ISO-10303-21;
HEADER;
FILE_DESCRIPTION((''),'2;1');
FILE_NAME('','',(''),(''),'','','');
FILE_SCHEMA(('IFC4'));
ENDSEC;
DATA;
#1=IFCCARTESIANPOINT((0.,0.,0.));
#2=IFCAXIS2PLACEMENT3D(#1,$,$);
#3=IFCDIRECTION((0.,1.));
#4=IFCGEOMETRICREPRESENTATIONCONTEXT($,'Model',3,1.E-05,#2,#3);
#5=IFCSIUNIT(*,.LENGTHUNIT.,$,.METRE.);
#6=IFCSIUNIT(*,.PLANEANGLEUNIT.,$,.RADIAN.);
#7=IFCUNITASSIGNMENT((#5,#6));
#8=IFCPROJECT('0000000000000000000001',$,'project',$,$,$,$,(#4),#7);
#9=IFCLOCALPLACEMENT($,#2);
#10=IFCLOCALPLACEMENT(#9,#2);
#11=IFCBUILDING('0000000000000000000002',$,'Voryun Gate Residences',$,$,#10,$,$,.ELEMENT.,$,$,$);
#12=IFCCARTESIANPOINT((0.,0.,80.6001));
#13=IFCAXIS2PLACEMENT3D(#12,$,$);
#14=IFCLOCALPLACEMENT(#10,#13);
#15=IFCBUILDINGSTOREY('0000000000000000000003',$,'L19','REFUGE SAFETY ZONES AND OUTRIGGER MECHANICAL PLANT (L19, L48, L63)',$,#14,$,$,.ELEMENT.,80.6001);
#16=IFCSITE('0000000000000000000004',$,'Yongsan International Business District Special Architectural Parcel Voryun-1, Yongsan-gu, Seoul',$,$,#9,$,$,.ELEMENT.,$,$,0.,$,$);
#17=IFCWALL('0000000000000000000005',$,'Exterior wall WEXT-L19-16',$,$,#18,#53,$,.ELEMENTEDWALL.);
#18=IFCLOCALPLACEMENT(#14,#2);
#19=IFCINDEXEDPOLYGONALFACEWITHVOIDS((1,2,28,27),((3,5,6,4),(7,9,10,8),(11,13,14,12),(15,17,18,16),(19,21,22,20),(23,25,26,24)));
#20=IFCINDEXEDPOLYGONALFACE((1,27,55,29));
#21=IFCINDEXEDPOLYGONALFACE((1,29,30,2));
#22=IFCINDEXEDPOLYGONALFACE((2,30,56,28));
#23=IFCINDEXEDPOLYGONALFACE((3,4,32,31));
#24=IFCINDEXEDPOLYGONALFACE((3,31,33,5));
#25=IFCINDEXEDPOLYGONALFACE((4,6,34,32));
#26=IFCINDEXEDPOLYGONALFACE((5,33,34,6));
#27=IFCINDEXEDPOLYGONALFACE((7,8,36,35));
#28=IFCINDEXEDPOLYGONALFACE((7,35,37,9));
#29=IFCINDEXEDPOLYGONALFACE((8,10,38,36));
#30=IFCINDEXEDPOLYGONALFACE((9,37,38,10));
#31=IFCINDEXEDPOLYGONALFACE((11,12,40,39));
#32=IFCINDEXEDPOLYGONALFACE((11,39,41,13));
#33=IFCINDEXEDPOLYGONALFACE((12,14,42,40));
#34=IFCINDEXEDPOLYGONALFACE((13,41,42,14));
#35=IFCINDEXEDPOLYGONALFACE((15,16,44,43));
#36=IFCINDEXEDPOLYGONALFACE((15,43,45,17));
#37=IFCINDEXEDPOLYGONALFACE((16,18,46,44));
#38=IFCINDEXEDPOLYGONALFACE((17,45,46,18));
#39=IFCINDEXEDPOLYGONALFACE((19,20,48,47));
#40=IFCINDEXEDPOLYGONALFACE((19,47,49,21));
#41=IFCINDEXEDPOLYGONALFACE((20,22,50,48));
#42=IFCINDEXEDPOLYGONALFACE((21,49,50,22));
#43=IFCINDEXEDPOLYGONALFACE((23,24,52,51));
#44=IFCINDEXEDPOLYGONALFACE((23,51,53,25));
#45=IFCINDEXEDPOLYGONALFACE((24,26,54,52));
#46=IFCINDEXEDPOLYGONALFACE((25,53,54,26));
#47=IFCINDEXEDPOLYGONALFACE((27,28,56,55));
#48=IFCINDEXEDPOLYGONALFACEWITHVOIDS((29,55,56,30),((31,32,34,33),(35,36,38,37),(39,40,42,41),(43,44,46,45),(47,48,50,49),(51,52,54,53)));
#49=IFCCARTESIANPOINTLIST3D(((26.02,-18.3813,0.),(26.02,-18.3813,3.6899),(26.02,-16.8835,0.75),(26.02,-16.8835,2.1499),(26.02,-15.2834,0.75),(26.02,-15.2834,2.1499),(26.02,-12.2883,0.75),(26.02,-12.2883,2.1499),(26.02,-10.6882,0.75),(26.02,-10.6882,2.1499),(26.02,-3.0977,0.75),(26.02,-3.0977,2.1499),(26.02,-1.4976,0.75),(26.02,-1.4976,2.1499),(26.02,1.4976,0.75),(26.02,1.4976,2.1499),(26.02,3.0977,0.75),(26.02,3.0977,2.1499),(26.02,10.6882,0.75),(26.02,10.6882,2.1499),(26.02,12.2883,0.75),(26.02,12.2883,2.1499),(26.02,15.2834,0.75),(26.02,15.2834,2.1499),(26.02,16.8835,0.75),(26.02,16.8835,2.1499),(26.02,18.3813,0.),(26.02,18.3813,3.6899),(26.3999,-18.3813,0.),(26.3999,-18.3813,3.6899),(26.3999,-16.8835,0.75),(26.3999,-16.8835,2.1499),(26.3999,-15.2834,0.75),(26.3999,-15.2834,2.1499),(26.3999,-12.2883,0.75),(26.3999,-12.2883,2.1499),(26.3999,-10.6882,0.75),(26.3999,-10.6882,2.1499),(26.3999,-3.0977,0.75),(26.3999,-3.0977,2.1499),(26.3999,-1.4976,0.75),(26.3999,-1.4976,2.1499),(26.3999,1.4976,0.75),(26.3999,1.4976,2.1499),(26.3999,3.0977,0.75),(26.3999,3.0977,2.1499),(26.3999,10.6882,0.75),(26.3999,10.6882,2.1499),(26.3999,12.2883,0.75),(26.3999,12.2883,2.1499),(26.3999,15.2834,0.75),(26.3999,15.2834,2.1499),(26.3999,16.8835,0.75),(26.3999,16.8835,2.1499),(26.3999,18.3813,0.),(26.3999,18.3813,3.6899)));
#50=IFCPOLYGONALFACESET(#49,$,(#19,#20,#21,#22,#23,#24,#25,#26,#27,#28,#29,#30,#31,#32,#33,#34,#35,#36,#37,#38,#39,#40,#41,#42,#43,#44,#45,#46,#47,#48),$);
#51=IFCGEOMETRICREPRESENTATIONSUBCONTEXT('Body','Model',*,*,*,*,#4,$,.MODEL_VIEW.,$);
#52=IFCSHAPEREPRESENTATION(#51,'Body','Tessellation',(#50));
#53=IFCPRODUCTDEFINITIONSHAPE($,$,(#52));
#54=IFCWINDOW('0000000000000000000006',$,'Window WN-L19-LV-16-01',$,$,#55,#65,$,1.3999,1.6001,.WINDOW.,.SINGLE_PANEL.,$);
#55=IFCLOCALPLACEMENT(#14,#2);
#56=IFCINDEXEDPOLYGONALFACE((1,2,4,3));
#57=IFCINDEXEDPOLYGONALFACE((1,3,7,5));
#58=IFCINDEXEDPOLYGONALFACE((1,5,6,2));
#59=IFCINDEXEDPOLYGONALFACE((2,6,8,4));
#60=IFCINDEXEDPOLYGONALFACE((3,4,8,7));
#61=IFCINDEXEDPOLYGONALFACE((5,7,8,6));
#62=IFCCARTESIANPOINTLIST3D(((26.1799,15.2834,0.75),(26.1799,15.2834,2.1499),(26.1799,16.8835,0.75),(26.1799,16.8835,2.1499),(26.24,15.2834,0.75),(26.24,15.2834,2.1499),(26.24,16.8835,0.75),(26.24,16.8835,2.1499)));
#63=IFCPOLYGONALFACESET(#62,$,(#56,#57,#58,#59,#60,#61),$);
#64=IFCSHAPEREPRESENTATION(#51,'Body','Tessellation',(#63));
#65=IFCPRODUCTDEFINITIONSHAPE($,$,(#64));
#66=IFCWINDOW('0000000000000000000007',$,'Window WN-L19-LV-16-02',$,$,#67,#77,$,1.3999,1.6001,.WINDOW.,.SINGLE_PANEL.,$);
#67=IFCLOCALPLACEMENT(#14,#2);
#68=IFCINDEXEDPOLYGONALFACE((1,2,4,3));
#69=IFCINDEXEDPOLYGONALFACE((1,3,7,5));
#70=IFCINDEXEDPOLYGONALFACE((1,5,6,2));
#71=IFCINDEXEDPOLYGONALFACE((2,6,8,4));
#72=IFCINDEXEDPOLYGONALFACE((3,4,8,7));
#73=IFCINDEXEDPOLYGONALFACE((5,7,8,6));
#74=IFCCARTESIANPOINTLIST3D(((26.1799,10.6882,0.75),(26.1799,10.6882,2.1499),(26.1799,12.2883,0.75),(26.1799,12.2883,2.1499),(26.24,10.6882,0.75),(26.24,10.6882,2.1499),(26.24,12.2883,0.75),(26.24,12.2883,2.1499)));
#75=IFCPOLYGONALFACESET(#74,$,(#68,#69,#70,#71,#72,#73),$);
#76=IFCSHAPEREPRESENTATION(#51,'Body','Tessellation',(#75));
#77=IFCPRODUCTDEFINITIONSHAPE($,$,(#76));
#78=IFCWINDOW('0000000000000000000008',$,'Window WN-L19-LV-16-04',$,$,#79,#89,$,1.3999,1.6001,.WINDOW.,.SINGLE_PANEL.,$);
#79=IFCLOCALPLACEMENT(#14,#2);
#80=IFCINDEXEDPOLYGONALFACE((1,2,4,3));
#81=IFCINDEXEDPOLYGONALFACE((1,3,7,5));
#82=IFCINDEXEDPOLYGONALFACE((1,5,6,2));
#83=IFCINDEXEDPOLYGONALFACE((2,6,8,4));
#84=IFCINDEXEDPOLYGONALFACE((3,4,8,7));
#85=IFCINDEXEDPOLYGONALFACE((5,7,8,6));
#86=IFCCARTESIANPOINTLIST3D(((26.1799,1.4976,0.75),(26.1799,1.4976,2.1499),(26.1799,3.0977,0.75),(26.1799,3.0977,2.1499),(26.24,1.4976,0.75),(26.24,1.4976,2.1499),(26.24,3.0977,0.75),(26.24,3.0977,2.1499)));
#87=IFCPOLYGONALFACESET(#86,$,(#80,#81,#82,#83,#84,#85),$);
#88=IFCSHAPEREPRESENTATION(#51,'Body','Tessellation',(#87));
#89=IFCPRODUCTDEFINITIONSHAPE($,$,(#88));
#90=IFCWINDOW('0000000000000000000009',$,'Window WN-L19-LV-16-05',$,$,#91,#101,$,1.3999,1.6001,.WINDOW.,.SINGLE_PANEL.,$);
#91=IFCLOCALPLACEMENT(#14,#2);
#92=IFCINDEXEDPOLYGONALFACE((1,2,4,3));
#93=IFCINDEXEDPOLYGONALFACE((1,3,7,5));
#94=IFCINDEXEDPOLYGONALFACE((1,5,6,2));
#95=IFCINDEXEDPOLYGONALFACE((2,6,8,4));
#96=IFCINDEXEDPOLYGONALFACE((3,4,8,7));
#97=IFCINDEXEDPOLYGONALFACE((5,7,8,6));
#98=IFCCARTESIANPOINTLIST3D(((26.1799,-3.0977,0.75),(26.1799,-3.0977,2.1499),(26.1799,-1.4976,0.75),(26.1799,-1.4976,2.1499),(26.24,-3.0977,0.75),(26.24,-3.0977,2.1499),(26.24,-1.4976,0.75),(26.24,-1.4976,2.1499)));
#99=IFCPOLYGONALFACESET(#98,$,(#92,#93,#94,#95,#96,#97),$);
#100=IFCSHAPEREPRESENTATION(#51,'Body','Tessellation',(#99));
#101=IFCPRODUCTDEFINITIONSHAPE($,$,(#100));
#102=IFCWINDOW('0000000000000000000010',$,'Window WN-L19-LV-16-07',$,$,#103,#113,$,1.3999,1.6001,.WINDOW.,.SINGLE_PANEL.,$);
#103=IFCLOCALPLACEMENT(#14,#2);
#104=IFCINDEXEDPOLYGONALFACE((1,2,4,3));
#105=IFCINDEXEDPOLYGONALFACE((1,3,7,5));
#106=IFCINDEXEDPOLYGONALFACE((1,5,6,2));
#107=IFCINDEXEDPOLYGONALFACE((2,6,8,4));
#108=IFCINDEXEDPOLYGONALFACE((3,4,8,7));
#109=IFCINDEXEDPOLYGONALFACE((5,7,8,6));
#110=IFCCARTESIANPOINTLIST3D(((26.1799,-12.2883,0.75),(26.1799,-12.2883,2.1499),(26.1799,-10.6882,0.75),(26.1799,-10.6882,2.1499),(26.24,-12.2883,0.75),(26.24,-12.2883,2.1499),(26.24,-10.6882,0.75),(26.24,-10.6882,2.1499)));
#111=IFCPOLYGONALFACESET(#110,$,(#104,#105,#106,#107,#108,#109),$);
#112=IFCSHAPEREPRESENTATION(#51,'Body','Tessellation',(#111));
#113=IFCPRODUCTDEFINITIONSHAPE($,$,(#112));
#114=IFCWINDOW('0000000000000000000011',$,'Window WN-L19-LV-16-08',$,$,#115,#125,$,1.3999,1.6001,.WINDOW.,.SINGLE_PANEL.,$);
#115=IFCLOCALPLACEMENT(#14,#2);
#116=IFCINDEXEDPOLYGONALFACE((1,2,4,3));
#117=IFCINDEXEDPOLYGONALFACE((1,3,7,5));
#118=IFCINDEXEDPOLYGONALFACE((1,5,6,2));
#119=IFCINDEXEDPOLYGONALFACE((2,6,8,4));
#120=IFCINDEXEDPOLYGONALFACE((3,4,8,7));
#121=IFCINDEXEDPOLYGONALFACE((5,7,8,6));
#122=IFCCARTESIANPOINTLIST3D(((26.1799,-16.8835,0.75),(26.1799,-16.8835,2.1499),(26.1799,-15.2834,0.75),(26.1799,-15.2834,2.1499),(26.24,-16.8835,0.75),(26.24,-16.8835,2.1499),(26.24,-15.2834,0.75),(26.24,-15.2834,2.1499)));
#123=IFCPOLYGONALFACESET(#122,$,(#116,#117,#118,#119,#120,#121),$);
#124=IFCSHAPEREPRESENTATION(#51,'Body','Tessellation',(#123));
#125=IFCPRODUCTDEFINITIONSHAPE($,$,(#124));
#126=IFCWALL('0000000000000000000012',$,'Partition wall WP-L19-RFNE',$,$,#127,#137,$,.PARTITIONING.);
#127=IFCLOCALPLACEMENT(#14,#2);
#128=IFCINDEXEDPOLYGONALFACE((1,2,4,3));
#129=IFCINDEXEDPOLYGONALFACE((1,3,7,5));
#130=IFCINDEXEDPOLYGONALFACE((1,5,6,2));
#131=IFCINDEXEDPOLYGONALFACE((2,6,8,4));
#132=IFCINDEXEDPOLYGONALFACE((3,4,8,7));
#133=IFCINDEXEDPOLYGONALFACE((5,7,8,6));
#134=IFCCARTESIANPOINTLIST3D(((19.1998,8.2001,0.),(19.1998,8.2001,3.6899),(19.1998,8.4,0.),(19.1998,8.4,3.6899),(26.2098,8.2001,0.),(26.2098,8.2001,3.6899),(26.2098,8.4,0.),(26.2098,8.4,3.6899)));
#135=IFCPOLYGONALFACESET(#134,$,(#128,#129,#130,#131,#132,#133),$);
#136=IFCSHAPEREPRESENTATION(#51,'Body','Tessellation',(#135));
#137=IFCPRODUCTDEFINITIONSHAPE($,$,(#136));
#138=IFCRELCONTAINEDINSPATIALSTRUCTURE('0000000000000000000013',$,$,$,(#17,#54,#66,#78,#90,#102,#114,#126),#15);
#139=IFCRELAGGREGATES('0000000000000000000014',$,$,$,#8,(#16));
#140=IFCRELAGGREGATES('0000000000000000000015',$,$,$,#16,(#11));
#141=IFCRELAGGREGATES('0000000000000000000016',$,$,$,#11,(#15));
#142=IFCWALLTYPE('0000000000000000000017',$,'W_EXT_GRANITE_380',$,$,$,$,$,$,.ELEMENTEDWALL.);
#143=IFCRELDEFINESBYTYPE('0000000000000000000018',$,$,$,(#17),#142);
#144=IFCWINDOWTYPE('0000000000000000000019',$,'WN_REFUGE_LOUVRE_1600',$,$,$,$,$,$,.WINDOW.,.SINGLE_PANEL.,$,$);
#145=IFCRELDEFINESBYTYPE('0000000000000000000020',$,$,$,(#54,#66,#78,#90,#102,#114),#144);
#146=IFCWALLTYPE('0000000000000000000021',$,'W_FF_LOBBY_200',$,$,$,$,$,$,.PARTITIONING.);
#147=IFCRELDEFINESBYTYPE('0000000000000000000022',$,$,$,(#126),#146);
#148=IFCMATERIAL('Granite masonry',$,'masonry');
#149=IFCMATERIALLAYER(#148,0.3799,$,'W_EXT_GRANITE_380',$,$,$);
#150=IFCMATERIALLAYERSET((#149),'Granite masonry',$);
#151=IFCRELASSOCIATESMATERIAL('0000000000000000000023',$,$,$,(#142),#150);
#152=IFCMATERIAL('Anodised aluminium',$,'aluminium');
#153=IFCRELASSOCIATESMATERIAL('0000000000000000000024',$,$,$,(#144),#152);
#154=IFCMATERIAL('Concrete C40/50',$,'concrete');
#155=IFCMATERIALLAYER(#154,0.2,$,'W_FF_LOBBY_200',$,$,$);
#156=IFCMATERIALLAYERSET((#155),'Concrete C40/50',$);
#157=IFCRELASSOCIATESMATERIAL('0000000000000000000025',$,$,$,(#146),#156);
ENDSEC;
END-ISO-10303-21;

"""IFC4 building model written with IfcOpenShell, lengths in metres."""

from ifc_helpers import new_model, si_unit, direction, frame, frame_2d, origin, place, context, subcontext, project, spatial, rectangle, extrude, material, layer, layer_set, type_object, element, fill, save


model = new_model("IFC4")

# Units and contexts
model_context = context("Model", 3, precision=1e-05, world=origin(), true_north=direction((0.0, 1.0)))
body_context = subcontext(model_context, "Body", "Model", "MODEL_VIEW")
ifc_project = project(units=[si_unit("LENGTHUNIT", "METRE"), si_unit("PLANEANGLEUNIT", "RADIAN")], contexts=[model_context])

# Site, building, storey
site_placement = place(None, origin())
site = spatial("IfcSite", under=ifc_project, at=site_placement, Name="Yongsan International Business District Special Architectural Parcel Voryun-1, Yongsan-gu, Seoul", CompositionType="ELEMENT", RefElevation=0.0)
building_placement = place(site_placement, origin())
building = spatial("IfcBuilding", under=site, at=building_placement, Name="Voryun Gate Residences", CompositionType="ELEMENT")
storey_placement = place(building_placement, frame((0.0, 0.0, 80.6001)))
storey = spatial("IfcBuildingStorey", under=building, at=storey_placement, Name="L19", Description="REFUGE SAFETY ZONES AND OUTRIGGER MECHANICAL PLANT (L19, L48, L63)", CompositionType="ELEMENT", Elevation=80.6001)

# Shared definitions
ifc_material_1 = material(Name="Granite masonry", Category="masonry")
ifc_layer_1 = layer(ifc_material_1, 0.3799, Name="W_EXT_GRANITE_380")
ifc_layer_set_1 = layer_set([ifc_layer_1], Name="Granite masonry")
wall_type_1 = type_object("IfcWallType", Name="W_EXT_GRANITE_380", PredefinedType="ELEMENTEDWALL", material=ifc_layer_set_1)

# Wall, openings, windows
wall_1_placement = place(storey_placement, frame((26.21, 18.3813, 0.0), z_axis=(0.0, 0.0, 1.0), x_axis=(0.0, -1.0, 0.0)))
wall_1 = element("IfcWall", 1, at=wall_1_placement, inside=storey, type_object=wall_type_1, Name="Exterior wall WEXT-L19-16", PredefinedType="ELEMENTEDWALL", context=body_context, shape_type="SweptSolid", body=[
    extrude(rectangle(XDim=36.7627, YDim=0.3799, at=frame_2d((18.3813, 0.0))), origin(), (0.0, 0.0, 1.0), 3.6899),
])
opening_1_placement = place(wall_1_placement, frame((1.4978, 0.0, 0.75)))
opening_1 = element("IfcOpeningElement", 2, at=opening_1_placement, cuts=wall_1, PredefinedType="OPENING", context=body_context, shape_type="SweptSolid", body=[
    extrude(rectangle(XDim=1.6001, YDim=1.3999, at=frame_2d((0.8, 0.7))), frame((0.0, 0.2, 0.0), z_axis=(0.0, -1.0, 0.0), x_axis=(1.0, 0.0, 0.0)), (0.0, 0.0, 1.0), 0.3999),
])
opening_2_placement = place(wall_1_placement, frame((6.093, 0.0, 0.75)))
opening_2 = element("IfcOpeningElement", 3, at=opening_2_placement, cuts=wall_1, PredefinedType="OPENING", context=body_context, shape_type="SweptSolid", body=[
    extrude(rectangle(XDim=1.6001, YDim=1.3999, at=frame_2d((0.8, 0.7))), frame((0.0, 0.2, 0.0), z_axis=(0.0, -1.0, 0.0), x_axis=(1.0, 0.0, 0.0)), (0.0, 0.0, 1.0), 0.3999),
])
opening_3_placement = place(wall_1_placement, frame((15.2837, 0.0, 0.75)))
opening_3 = element("IfcOpeningElement", 4, at=opening_3_placement, cuts=wall_1, PredefinedType="OPENING", context=body_context, shape_type="SweptSolid", body=[
    extrude(rectangle(XDim=1.6001, YDim=1.3999, at=frame_2d((0.8, 0.7))), frame((0.0, 0.2, 0.0), z_axis=(0.0, -1.0, 0.0), x_axis=(1.0, 0.0, 0.0)), (0.0, 0.0, 1.0), 0.3999),
])
opening_4_placement = place(wall_1_placement, frame((19.8789, 0.0, 0.75)))
opening_4 = element("IfcOpeningElement", 5, at=opening_4_placement, cuts=wall_1, PredefinedType="OPENING", context=body_context, shape_type="SweptSolid", body=[
    extrude(rectangle(XDim=1.6001, YDim=1.3999, at=frame_2d((0.8, 0.7))), frame((0.0, 0.2, 0.0), z_axis=(0.0, -1.0, 0.0), x_axis=(1.0, 0.0, 0.0)), (0.0, 0.0, 1.0), 0.3999),
])
opening_5_placement = place(wall_1_placement, frame((29.0696, 0.0, 0.75)))
opening_5 = element("IfcOpeningElement", 6, at=opening_5_placement, cuts=wall_1, PredefinedType="OPENING", context=body_context, shape_type="SweptSolid", body=[
    extrude(rectangle(XDim=1.6001, YDim=1.3999, at=frame_2d((0.8, 0.7))), frame((0.0, 0.2, 0.0), z_axis=(0.0, -1.0, 0.0), x_axis=(1.0, 0.0, 0.0)), (0.0, 0.0, 1.0), 0.3999),
])
opening_6_placement = place(wall_1_placement, frame((33.6648, 0.0, 0.75)))
opening_6 = element("IfcOpeningElement", 7, at=opening_6_placement, cuts=wall_1, PredefinedType="OPENING", context=body_context, shape_type="SweptSolid", body=[
    extrude(rectangle(XDim=1.6001, YDim=1.3999, at=frame_2d((0.8, 0.7))), frame((0.0, 0.2, 0.0), z_axis=(0.0, -1.0, 0.0), x_axis=(1.0, 0.0, 0.0)), (0.0, 0.0, 1.0), 0.3999),
])
ifc_material_2 = material(Name="Anodised aluminium", Category="aluminium")
window_type = type_object("IfcWindowType", Name="WN_REFUGE_LOUVRE_1600", PartitioningType="SINGLE_PANEL", PredefinedType="WINDOW", material=ifc_material_2)
window_1_placement = place(opening_1_placement, origin())
window_1 = element("IfcWindow", 8, at=window_1_placement, inside=storey, type_object=window_type, Name="Window WN-L19-LV-16-01", OverallHeight=1.3999, OverallWidth=1.6001, PartitioningType="SINGLE_PANEL", PredefinedType="WINDOW", context=body_context, shape_type="SweptSolid", body=[
    extrude(rectangle(XDim=1.6001, YDim=1.3999, at=frame_2d((0.8, 0.7))), frame((0.0, 0.03, 0.0), z_axis=(0.0, -1.0, 0.0), x_axis=(1.0, 0.0, 0.0)), (0.0, 0.0, 1.0), 0.0601),
])
fill(opening_1, window_1)
window_2_placement = place(opening_2_placement, origin())
window_2 = element("IfcWindow", 9, at=window_2_placement, inside=storey, type_object=window_type, Name="Window WN-L19-LV-16-02", OverallHeight=1.3999, OverallWidth=1.6001, PartitioningType="SINGLE_PANEL", PredefinedType="WINDOW", context=body_context, shape_type="SweptSolid", body=[
    extrude(rectangle(XDim=1.6001, YDim=1.3999, at=frame_2d((0.8, 0.7))), frame((0.0, 0.03, 0.0), z_axis=(0.0, -1.0, 0.0), x_axis=(1.0, 0.0, 0.0)), (0.0, 0.0, 1.0), 0.0601),
])
fill(opening_2, window_2)
window_3_placement = place(opening_3_placement, origin())
window_3 = element("IfcWindow", 10, at=window_3_placement, inside=storey, type_object=window_type, Name="Window WN-L19-LV-16-04", OverallHeight=1.3999, OverallWidth=1.6001, PartitioningType="SINGLE_PANEL", PredefinedType="WINDOW", context=body_context, shape_type="SweptSolid", body=[
    extrude(rectangle(XDim=1.6001, YDim=1.3999, at=frame_2d((0.8, 0.7))), frame((0.0, 0.03, 0.0), z_axis=(0.0, -1.0, 0.0), x_axis=(1.0, 0.0, 0.0)), (0.0, 0.0, 1.0), 0.0601),
])
fill(opening_3, window_3)
window_4_placement = place(opening_4_placement, origin())
window_4 = element("IfcWindow", 11, at=window_4_placement, inside=storey, type_object=window_type, Name="Window WN-L19-LV-16-05", OverallHeight=1.3999, OverallWidth=1.6001, PartitioningType="SINGLE_PANEL", PredefinedType="WINDOW", context=body_context, shape_type="SweptSolid", body=[
    extrude(rectangle(XDim=1.6001, YDim=1.3999, at=frame_2d((0.8, 0.7))), frame((0.0, 0.03, 0.0), z_axis=(0.0, -1.0, 0.0), x_axis=(1.0, 0.0, 0.0)), (0.0, 0.0, 1.0), 0.0601),
])
fill(opening_4, window_4)
window_5_placement = place(opening_5_placement, origin())
window_5 = element("IfcWindow", 12, at=window_5_placement, inside=storey, type_object=window_type, Name="Window WN-L19-LV-16-07", OverallHeight=1.3999, OverallWidth=1.6001, PartitioningType="SINGLE_PANEL", PredefinedType="WINDOW", context=body_context, shape_type="SweptSolid", body=[
    extrude(rectangle(XDim=1.6001, YDim=1.3999, at=frame_2d((0.8, 0.7))), frame((0.0, 0.03, 0.0), z_axis=(0.0, -1.0, 0.0), x_axis=(1.0, 0.0, 0.0)), (0.0, 0.0, 1.0), 0.0601),
])
fill(opening_5, window_5)
window_6_placement = place(opening_6_placement, origin())
window_6 = element("IfcWindow", 13, at=window_6_placement, inside=storey, type_object=window_type, Name="Window WN-L19-LV-16-08", OverallHeight=1.3999, OverallWidth=1.6001, PartitioningType="SINGLE_PANEL", PredefinedType="WINDOW", context=body_context, shape_type="SweptSolid", body=[
    extrude(rectangle(XDim=1.6001, YDim=1.3999, at=frame_2d((0.8, 0.7))), frame((0.0, 0.03, 0.0), z_axis=(0.0, -1.0, 0.0), x_axis=(1.0, 0.0, 0.0)), (0.0, 0.0, 1.0), 0.0601),
])
fill(opening_6, window_6)

# Wall
ifc_material_3 = material(Name="Concrete C40/50", Category="concrete")
ifc_layer_2 = layer(ifc_material_3, 0.2, Name="W_FF_LOBBY_200")
ifc_layer_set_2 = layer_set([ifc_layer_2], Name="Concrete C40/50")
wall_type_2 = type_object("IfcWallType", Name="W_FF_LOBBY_200", PredefinedType="PARTITIONING", material=ifc_layer_set_2)
wall_2_placement = place(storey_placement, frame((19.2, 8.3, 0.0), z_axis=(0.0, 0.0, 1.0), x_axis=(1.0, 0.0, 0.0)))
element("IfcWall", 14, at=wall_2_placement, inside=storey, type_object=wall_type_2, Name="Partition wall WP-L19-RFNE", PredefinedType="PARTITIONING", context=body_context, shape_type="SweptSolid", body=[
    extrude(rectangle(XDim=7.01, YDim=0.2, at=frame_2d((3.5049, 0.0))), origin(), (0.0, 0.0, 1.0), 3.6899),
])

save(model, "model.ifc")
